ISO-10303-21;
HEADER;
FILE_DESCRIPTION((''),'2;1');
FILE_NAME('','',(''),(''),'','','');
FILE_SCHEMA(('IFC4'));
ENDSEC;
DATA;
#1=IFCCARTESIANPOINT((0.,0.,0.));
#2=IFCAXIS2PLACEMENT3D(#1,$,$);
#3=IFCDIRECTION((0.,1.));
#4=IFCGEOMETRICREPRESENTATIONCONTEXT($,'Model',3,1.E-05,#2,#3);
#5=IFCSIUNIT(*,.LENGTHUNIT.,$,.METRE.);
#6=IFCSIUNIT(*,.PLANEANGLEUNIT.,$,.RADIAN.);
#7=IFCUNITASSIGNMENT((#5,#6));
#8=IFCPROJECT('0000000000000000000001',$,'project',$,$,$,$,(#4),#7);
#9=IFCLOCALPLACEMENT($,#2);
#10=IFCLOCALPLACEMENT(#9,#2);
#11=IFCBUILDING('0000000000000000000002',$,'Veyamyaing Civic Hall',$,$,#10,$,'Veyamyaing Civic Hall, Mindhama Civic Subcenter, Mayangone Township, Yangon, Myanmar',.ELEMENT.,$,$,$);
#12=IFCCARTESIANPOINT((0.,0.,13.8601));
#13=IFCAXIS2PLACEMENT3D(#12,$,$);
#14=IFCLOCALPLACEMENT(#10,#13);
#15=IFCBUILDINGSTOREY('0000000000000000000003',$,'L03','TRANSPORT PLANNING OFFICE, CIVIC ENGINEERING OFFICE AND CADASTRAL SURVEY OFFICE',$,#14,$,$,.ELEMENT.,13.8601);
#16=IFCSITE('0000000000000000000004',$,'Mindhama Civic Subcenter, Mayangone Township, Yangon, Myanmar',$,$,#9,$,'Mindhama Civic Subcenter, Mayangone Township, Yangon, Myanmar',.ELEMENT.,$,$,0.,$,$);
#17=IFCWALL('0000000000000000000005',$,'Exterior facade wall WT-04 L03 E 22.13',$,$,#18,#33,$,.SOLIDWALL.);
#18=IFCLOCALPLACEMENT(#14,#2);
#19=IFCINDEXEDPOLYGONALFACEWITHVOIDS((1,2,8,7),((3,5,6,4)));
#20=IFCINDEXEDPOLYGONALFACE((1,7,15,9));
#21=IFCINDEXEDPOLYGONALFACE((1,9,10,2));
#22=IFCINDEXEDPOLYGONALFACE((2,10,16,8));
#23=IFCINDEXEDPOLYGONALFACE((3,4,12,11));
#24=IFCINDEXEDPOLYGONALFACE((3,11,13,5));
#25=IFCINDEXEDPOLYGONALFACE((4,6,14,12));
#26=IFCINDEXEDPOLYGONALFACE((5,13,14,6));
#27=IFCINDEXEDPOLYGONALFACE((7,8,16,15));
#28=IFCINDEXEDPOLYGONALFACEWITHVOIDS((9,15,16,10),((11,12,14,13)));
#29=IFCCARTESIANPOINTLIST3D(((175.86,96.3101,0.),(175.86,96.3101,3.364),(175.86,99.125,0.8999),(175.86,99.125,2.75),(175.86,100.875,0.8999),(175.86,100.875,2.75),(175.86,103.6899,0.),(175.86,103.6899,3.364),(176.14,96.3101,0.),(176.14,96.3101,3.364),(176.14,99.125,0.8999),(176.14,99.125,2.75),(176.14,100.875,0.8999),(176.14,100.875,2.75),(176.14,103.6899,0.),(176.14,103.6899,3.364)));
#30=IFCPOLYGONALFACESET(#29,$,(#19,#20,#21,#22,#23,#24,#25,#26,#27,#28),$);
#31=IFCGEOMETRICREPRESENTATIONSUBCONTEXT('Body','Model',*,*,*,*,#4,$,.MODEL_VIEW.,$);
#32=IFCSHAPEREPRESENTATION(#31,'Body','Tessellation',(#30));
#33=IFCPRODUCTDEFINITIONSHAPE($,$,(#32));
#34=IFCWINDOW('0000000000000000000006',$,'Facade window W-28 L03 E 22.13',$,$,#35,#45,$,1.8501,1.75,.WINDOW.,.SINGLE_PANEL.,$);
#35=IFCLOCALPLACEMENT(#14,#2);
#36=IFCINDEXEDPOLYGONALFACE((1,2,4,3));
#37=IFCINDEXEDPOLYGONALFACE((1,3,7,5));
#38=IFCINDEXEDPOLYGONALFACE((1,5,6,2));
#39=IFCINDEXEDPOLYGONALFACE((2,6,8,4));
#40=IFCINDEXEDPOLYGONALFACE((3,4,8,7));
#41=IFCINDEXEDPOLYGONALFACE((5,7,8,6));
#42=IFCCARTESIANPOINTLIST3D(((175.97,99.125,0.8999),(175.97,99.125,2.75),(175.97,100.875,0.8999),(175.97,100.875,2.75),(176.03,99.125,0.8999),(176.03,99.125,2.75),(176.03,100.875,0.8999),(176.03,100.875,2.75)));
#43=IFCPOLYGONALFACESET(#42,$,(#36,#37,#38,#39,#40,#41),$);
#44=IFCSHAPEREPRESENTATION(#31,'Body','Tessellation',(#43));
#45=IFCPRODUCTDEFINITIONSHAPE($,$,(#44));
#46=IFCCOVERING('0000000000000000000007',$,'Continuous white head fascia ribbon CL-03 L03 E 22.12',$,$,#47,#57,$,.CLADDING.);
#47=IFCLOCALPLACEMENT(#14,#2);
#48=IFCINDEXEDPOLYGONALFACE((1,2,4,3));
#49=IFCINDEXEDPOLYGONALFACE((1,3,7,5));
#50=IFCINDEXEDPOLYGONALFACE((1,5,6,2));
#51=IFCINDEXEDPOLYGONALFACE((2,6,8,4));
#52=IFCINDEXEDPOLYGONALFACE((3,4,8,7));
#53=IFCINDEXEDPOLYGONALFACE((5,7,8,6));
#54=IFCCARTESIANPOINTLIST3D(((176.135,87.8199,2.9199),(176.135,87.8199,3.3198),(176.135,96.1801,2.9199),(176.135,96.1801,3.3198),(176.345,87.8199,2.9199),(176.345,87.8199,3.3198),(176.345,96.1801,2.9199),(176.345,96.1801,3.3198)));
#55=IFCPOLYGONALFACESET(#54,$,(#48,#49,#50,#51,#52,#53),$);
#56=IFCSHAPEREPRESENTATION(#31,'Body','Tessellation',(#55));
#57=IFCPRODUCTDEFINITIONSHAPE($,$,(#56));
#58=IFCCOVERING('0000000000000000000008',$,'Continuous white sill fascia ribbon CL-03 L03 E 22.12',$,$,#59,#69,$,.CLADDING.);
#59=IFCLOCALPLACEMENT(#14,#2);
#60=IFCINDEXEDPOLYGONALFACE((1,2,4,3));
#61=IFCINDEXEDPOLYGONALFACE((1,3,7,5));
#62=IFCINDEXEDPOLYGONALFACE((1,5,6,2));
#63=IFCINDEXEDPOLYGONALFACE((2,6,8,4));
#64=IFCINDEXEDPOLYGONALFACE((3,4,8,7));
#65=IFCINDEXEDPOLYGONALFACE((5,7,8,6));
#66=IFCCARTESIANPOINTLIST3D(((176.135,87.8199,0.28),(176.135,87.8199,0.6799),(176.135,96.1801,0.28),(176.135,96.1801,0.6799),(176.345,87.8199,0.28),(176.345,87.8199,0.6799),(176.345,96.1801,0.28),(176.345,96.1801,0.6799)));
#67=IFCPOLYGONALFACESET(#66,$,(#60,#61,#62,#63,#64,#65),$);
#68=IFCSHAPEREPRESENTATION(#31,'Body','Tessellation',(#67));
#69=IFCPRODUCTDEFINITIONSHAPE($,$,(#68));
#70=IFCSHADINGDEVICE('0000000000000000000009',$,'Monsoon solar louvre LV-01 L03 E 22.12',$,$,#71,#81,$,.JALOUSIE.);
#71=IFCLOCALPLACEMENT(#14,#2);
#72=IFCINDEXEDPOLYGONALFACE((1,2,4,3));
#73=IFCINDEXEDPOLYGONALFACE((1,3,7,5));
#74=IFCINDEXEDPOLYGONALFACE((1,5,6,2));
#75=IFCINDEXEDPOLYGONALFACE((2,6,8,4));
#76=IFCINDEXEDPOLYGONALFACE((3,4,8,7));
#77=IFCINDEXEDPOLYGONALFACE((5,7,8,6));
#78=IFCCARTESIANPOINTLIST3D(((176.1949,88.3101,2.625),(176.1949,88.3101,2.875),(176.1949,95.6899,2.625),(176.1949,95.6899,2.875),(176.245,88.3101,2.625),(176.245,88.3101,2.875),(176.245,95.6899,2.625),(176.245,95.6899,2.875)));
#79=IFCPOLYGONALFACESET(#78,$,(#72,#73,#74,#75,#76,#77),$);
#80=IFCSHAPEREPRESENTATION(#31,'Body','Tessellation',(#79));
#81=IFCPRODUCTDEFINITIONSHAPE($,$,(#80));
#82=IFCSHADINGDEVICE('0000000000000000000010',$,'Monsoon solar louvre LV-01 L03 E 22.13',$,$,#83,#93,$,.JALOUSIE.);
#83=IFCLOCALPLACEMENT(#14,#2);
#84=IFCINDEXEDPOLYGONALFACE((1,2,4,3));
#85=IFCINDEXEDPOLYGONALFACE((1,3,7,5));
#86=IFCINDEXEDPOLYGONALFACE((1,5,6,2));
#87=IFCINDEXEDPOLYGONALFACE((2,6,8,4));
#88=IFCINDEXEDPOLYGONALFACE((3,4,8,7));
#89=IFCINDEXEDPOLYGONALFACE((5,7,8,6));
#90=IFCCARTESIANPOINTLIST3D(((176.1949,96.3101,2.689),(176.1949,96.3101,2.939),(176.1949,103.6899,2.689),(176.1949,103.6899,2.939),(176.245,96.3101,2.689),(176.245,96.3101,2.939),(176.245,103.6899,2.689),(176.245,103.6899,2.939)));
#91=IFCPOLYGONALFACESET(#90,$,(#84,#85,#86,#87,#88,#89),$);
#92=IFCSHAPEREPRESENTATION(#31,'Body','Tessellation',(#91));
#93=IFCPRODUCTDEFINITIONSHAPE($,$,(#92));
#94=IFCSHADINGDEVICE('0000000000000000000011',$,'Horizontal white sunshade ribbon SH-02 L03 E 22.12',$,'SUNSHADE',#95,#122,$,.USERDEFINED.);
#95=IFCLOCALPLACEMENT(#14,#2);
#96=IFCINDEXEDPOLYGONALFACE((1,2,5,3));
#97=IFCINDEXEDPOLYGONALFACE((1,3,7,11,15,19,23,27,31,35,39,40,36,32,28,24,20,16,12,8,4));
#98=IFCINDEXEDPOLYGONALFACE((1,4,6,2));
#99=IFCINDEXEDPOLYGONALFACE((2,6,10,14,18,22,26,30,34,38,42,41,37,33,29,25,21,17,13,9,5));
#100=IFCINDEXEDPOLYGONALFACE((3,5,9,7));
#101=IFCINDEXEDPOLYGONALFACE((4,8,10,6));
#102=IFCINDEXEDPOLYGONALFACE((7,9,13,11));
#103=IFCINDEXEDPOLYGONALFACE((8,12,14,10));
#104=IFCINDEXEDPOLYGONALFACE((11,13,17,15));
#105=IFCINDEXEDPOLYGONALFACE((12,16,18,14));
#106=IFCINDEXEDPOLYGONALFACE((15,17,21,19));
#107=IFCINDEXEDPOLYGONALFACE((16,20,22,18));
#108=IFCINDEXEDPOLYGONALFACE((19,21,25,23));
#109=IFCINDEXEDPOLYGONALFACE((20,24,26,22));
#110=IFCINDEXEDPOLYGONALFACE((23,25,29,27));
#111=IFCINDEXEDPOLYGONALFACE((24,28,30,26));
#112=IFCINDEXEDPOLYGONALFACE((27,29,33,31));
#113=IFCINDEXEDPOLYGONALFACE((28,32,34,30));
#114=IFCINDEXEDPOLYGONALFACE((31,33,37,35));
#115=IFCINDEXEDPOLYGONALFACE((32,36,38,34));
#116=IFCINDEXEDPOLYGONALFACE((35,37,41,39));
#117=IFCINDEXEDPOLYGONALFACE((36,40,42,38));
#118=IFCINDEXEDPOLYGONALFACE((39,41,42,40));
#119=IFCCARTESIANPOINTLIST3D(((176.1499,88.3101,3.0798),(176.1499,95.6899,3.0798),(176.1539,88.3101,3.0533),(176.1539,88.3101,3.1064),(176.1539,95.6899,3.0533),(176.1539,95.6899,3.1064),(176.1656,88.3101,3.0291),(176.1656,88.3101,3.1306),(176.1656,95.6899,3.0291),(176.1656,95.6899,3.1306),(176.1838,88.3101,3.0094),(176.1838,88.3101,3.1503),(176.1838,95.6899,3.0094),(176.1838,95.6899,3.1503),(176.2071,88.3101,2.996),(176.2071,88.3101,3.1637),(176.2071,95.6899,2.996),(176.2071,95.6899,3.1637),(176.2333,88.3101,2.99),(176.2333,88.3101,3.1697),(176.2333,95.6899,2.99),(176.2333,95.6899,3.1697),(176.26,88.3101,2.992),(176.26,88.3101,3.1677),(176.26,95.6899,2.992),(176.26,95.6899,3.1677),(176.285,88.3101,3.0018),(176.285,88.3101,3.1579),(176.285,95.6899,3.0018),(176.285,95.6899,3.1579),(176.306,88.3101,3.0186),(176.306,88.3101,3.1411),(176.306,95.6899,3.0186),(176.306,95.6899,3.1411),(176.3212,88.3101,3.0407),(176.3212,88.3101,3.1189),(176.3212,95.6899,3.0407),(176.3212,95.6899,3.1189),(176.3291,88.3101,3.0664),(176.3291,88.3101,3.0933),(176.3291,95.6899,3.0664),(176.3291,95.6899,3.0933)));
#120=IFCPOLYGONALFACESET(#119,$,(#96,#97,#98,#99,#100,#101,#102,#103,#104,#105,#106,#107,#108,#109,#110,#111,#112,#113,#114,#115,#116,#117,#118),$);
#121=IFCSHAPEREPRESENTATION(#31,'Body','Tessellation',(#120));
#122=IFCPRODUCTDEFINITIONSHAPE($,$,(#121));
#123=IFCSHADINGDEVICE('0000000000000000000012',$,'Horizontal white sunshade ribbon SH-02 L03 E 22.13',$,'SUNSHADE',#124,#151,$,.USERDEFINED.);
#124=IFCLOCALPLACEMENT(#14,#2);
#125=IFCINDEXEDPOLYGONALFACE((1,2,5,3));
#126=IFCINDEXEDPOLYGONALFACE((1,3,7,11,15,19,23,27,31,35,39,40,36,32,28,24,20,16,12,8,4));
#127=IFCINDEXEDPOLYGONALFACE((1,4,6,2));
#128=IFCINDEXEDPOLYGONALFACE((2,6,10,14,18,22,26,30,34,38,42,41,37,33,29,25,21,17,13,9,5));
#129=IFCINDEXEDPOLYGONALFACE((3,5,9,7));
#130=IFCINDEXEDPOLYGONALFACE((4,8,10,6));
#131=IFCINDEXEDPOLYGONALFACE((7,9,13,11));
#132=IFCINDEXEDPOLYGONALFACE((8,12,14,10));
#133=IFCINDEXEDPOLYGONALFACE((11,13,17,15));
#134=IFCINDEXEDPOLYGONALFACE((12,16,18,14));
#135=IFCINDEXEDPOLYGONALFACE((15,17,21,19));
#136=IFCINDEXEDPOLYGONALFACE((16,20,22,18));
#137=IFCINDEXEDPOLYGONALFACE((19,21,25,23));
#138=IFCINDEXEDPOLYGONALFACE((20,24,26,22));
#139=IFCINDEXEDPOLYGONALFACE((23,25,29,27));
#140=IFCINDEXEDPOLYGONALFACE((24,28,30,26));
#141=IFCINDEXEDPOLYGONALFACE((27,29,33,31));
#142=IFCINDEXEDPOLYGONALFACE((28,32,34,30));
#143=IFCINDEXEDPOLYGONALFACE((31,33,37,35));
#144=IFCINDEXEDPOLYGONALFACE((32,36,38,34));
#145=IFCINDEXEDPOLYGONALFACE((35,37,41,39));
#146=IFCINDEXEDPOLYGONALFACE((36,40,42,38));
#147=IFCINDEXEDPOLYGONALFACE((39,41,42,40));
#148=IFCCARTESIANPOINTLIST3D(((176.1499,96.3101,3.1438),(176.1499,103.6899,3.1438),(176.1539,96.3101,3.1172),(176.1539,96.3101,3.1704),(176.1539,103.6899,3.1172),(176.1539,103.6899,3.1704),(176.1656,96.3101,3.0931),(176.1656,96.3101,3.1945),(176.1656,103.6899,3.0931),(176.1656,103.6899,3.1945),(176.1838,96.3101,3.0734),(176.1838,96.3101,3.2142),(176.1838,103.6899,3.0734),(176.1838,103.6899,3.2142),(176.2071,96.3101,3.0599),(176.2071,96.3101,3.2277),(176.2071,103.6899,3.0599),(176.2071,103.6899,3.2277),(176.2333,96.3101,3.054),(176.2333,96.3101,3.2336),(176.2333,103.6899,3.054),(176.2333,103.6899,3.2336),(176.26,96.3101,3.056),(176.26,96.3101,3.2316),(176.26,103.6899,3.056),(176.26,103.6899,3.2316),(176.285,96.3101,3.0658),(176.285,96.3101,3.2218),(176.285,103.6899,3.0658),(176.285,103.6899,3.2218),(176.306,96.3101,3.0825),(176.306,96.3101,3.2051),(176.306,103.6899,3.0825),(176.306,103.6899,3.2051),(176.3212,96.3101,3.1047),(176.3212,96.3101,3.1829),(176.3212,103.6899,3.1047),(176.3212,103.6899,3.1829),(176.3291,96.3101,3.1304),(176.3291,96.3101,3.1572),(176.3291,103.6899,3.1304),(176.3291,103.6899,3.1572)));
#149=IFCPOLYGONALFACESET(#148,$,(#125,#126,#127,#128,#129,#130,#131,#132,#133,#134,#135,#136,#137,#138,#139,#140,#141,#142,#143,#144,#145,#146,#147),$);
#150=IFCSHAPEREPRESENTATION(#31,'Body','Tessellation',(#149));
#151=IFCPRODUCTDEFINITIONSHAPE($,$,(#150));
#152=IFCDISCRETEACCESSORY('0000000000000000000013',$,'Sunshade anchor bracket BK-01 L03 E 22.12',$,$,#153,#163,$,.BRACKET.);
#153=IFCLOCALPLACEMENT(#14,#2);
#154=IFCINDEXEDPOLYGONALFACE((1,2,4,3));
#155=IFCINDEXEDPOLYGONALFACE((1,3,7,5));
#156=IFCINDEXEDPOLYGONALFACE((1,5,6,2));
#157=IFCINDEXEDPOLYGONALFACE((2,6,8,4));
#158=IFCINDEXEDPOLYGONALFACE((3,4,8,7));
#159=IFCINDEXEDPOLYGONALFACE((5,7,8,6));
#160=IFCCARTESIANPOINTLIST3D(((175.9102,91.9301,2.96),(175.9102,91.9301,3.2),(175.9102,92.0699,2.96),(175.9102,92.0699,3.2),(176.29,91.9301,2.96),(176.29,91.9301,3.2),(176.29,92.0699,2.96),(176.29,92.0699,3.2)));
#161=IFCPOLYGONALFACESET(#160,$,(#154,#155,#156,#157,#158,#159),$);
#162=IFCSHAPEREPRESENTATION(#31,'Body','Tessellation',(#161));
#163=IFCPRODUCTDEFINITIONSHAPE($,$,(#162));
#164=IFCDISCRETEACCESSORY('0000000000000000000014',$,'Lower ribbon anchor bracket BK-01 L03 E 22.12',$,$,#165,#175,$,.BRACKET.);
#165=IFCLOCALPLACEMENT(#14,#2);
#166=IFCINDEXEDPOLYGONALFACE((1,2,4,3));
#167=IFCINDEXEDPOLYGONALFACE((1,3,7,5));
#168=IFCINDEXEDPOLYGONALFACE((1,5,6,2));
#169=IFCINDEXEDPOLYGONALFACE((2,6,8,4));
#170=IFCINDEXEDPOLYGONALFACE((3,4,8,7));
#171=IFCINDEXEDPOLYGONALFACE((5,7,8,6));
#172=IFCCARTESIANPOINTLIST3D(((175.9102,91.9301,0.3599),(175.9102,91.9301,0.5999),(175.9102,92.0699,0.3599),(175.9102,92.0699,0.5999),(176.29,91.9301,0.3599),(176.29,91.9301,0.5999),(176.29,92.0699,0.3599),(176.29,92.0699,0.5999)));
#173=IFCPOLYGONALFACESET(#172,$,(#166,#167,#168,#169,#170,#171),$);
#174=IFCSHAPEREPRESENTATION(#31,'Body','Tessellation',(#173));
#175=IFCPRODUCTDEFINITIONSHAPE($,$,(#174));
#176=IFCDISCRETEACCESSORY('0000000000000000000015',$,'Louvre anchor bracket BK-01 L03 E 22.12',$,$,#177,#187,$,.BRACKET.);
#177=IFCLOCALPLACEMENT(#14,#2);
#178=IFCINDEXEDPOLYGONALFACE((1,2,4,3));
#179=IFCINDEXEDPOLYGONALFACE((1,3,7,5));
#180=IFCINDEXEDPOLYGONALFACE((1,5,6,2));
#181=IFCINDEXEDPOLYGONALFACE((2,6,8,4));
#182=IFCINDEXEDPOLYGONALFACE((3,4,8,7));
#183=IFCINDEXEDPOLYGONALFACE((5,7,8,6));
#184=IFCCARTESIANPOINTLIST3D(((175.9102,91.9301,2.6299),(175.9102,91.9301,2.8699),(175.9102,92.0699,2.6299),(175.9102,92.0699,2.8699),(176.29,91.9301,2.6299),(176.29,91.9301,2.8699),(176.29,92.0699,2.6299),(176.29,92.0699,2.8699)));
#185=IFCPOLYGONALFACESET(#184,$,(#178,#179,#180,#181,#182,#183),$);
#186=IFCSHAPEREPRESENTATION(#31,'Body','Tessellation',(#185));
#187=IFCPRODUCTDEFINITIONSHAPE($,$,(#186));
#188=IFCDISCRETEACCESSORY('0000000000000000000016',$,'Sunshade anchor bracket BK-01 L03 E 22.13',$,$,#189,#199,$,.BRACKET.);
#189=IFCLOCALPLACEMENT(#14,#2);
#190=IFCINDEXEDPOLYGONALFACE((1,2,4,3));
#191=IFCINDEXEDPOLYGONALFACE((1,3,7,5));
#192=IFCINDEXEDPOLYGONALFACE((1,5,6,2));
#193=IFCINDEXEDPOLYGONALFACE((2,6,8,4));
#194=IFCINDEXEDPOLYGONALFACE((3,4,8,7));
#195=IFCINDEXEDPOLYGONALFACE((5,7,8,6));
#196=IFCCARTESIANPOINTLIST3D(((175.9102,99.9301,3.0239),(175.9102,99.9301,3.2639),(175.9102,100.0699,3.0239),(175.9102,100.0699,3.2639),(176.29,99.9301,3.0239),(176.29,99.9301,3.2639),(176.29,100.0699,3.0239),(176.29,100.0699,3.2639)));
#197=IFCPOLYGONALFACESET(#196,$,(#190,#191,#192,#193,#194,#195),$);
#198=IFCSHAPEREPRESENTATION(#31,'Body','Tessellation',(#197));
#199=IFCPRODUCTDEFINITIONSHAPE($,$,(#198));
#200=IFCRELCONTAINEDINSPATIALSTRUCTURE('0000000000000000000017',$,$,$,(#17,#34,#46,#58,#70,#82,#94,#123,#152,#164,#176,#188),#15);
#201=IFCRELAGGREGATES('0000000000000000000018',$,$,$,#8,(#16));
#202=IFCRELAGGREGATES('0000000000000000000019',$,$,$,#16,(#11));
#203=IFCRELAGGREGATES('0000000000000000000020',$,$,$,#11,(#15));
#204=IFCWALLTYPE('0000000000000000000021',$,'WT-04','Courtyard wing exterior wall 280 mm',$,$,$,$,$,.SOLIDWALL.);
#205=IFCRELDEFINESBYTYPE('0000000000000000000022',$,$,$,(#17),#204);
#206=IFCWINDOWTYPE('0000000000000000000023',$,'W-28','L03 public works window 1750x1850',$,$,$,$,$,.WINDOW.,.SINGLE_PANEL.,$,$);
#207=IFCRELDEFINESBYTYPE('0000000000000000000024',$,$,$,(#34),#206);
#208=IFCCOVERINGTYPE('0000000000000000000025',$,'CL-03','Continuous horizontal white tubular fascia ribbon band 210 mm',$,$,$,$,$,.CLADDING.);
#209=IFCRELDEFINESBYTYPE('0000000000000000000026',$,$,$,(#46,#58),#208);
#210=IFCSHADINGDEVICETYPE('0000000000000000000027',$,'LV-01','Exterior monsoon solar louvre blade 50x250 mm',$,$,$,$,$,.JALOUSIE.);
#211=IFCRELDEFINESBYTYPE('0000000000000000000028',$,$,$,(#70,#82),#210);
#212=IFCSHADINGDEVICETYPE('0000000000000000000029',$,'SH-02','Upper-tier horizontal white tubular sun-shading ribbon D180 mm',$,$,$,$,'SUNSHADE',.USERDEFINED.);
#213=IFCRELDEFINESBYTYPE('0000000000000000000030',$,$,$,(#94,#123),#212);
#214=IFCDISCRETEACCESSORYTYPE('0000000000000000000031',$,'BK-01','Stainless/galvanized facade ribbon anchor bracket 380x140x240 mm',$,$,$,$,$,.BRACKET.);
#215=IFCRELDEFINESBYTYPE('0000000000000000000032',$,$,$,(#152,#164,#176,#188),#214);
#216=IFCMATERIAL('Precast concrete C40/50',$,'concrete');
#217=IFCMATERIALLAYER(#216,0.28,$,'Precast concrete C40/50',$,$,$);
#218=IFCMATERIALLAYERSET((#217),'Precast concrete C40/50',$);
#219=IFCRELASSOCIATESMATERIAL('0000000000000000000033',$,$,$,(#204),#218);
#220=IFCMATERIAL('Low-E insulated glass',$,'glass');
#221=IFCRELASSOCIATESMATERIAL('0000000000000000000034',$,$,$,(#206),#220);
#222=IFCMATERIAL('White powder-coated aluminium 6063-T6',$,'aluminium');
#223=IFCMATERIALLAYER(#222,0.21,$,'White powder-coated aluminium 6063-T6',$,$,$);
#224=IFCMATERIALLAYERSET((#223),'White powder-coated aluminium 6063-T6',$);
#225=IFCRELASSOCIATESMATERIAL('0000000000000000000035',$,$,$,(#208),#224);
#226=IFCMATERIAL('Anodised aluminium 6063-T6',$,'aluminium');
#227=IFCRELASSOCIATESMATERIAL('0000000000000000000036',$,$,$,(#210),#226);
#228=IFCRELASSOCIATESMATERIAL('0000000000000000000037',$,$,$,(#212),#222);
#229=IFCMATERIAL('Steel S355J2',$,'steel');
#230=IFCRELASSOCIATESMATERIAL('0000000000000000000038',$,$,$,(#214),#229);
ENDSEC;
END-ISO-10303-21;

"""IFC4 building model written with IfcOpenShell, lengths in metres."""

from ifc_helpers import new_model, si_unit, direction, frame, frame_2d, origin, origin_2d, place, context, subcontext, project, spatial, rectangle, circle, extrude, material, layer, layer_set, material_profile, profile_set, type_object, element, fill, save


model = new_model("IFC4")

# Units and contexts
model_context = context("Model", 3, precision=1e-05, world=origin(), true_north=direction((0.0, 1.0)))
body_context = subcontext(model_context, "Body", "Model", "MODEL_VIEW")
ifc_project = project(units=[si_unit("LENGTHUNIT", "METRE"), si_unit("PLANEANGLEUNIT", "RADIAN")], contexts=[model_context])

# Site, building, storey
site_placement = place(None, origin())
site = spatial("IfcSite", under=ifc_project, at=site_placement, Name="Mindhama Civic Subcenter, Mayangone Township, Yangon, Myanmar", LongName="Mindhama Civic Subcenter, Mayangone Township, Yangon, Myanmar", CompositionType="ELEMENT", RefElevation=0.0)
building_placement = place(site_placement, origin())
building = spatial("IfcBuilding", under=site, at=building_placement, Name="Veyamyaing Civic Hall", LongName="Veyamyaing Civic Hall, Mindhama Civic Subcenter, Mayangone Township, Yangon, Myanmar", CompositionType="ELEMENT")
storey_placement = place(building_placement, frame((0.0, 0.0, 13.8601)))
storey = spatial("IfcBuildingStorey", under=building, at=storey_placement, Name="L03", Description="TRANSPORT PLANNING OFFICE, CIVIC ENGINEERING OFFICE AND CADASTRAL SURVEY OFFICE", CompositionType="ELEMENT", Elevation=13.8601)

# Shared definitions
ifc_material_1 = material(Name="Steel S355J2", Category="steel")

# Wall, opening, window
ifc_material_2 = material(Name="Precast concrete C40/50", Category="concrete")
ifc_layer_1 = layer(ifc_material_2, 0.28, Name="Precast concrete C40/50")
ifc_layer_set_1 = layer_set([ifc_layer_1], Name="Precast concrete C40/50")
wall_type = type_object("IfcWallType", Name="WT-04", Description="Courtyard wing exterior wall 280 mm", PredefinedType="SOLIDWALL", material=ifc_layer_set_1)
wall_placement = place(storey_placement, frame((176.0, 96.3101, 0.0), z_axis=(0.0, 0.0, 1.0), x_axis=(0.0, 1.0, 0.0)))
wall = element("IfcWall", 1, at=wall_placement, inside=storey, type_object=wall_type, Name="Exterior facade wall WT-04 L03 E 22.13", PredefinedType="SOLIDWALL", context=body_context, shape_type="SweptSolid", body=[
    extrude(rectangle(XDim=7.3799, YDim=0.28, at=frame_2d((3.6899, 0.0))), origin(), (0.0, 0.0, 1.0), 3.364),
])
opening_placement = place(wall_placement, frame((2.8149, 0.0, 0.8999)))
opening = element("IfcOpeningElement", 2, at=opening_placement, cuts=wall, PredefinedType="OPENING", context=body_context, shape_type="SweptSolid", body=[
    extrude(rectangle(XDim=1.75, YDim=1.8501, at=frame_2d((0.875, 0.925))), frame((0.0, 0.1499, 0.0), z_axis=(0.0, -1.0, 0.0), x_axis=(1.0, 0.0, 0.0)), (0.0, 0.0, 1.0), 0.3),
])
ifc_material_3 = material(Name="Low-E insulated glass", Category="glass")
window_type = type_object("IfcWindowType", Name="W-28", Description="L03 public works window 1750x1850", PartitioningType="SINGLE_PANEL", PredefinedType="WINDOW", material=ifc_material_3)
window_placement = place(opening_placement, origin())
window = element("IfcWindow", 3, at=window_placement, inside=storey, type_object=window_type, Name="Facade window W-28 L03 E 22.13", OverallHeight=1.8501, OverallWidth=1.75, PartitioningType="SINGLE_PANEL", PredefinedType="WINDOW", context=body_context, shape_type="SweptSolid", body=[
    extrude(rectangle(XDim=1.75, YDim=1.8501, at=frame_2d((0.875, 0.925))), frame((0.0, 0.03, 0.0), z_axis=(0.0, -1.0, 0.0), x_axis=(1.0, 0.0, 0.0)), (0.0, 0.0, 1.0), 0.0601),
])
fill(opening, window)

# Coverings
ifc_material_4 = material(Name="White powder-coated aluminium 6063-T6", Category="aluminium")
ifc_layer_2 = layer(ifc_material_4, 0.21, Name="White powder-coated aluminium 6063-T6")
ifc_layer_set_2 = layer_set([ifc_layer_2], Name="White powder-coated aluminium 6063-T6")
covering_type = type_object("IfcCoveringType", Name="CL-03", Description="Continuous horizontal white tubular fascia ribbon band 210 mm", PredefinedType="CLADDING", material=ifc_layer_set_2)
for number, where, z_axis, x_axis, name in (
    (4, (176.24, 92.0, 2.9199), (0.0, 0.0, 1.0), (0.0, 1.0, 0.0), "Continuous white head fascia ribbon CL-03 L03 E 22.12"),
    (5, (176.24, 92.0, 0.28), (0.0, 0.0, 1.0), (0.0, 1.0, 0.0), "Continuous white sill fascia ribbon CL-03 L03 E 22.12"),
):
    element("IfcCovering", number, at=place(storey_placement, frame(where, z_axis=z_axis, x_axis=x_axis)), inside=storey, type_object=covering_type, Name=name, PredefinedType="CLADDING", context=body_context, shape_type="SweptSolid", body=[
        extrude(rectangle(XDim=8.3601, YDim=0.21, at=origin_2d()), origin(), (0.0, 0.0, 1.0), 0.3999),
    ])

# Shading devices
ifc_material_5 = material(Name="Anodised aluminium 6063-T6", Category="aluminium")
ifc_material_profile_1 = material_profile(ifc_material_5, rectangle(XDim=0.05, YDim=0.25, at=origin_2d()), Name="LOUVRE-BLADE-50X250")
ifc_profile_set_1 = profile_set([ifc_material_profile_1], Name="Anodised aluminium 6063-T6")
shading_device_type_1 = type_object("IfcShadingDeviceType", Name="LV-01", Description="Exterior monsoon solar louvre blade 50x250 mm", PredefinedType="JALOUSIE", material=ifc_profile_set_1)
for number, where, z_axis, x_axis, name in (
    (6, (176.22, 88.3101, 2.75), (0.0, 1.0, 0.0), (-1.0, 0.0, 0.0), "Monsoon solar louvre LV-01 L03 E 22.12"),
    (7, (176.22, 96.3101, 2.814), (0.0, 1.0, 0.0), (-1.0, 0.0, 0.0), "Monsoon solar louvre LV-01 L03 E 22.13"),
):
    element("IfcShadingDevice", number, at=place(storey_placement, frame(where, z_axis=z_axis, x_axis=x_axis)), inside=storey, type_object=shading_device_type_1, Name=name, PredefinedType="JALOUSIE", context=body_context, shape_type="SweptSolid", body=[
        extrude(rectangle(XDim=0.05, YDim=0.25, at=origin_2d()), origin(), (0.0, 0.0, 1.0), 7.3799),
    ])
ifc_material_profile_2 = material_profile(ifc_material_4, circle(Radius=0.0901, at=origin_2d()), Name="SHADE-TUBE-180")
ifc_profile_set_2 = profile_set([ifc_material_profile_2], Name="White powder-coated aluminium 6063-T6")
shading_device_type_2 = type_object("IfcShadingDeviceType", Name="SH-02", Description="Upper-tier horizontal white tubular sun-shading ribbon D180 mm", ElementType="SUNSHADE", PredefinedType="USERDEFINED", material=ifc_profile_set_2)
for number, where, z_axis, x_axis, name in (
    (8, (176.24, 88.3101, 3.0798), (0.0, 1.0, 0.0), (-1.0, 0.0, 0.0), "Horizontal white sunshade ribbon SH-02 L03 E 22.12"),
    (9, (176.24, 96.3101, 3.1438), (0.0, 1.0, 0.0), (-1.0, 0.0, 0.0), "Horizontal white sunshade ribbon SH-02 L03 E 22.13"),
):
    element("IfcShadingDevice", number, at=place(storey_placement, frame(where, z_axis=z_axis, x_axis=x_axis)), inside=storey, type_object=shading_device_type_2, Name=name, ObjectType="SUNSHADE", PredefinedType="USERDEFINED", context=body_context, shape_type="SweptSolid", body=[
        extrude(circle(Radius=0.0901, at=origin_2d()), origin(), (0.0, 0.0, 1.0), 7.3799),
    ])

# Discrete accessories
discrete_accessory_type = type_object("IfcDiscreteAccessoryType", Name="BK-01", Description="Stainless/galvanized facade ribbon anchor bracket 380x140x240 mm", PredefinedType="BRACKET", material=ifc_material_1)
for number, where, z_axis, x_axis, name in (
    (10, (176.1001, 92.0, 2.96), (0.0, 0.0, 1.0), (1.0, 0.0, 0.0), "Sunshade anchor bracket BK-01 L03 E 22.12"),
    (11, (176.1001, 92.0, 0.3599), (0.0, 0.0, 1.0), (1.0, 0.0, 0.0), "Lower ribbon anchor bracket BK-01 L03 E 22.12"),
    (12, (176.1001, 92.0, 2.6299), (0.0, 0.0, 1.0), (1.0, 0.0, 0.0), "Louvre anchor bracket BK-01 L03 E 22.12"),
    (13, (176.1001, 100.0, 3.0239), (0.0, 0.0, 1.0), (1.0, 0.0, 0.0), "Sunshade anchor bracket BK-01 L03 E 22.13"),
):
    element("IfcDiscreteAccessory", number, at=place(storey_placement, frame(where, z_axis=z_axis, x_axis=x_axis)), inside=storey, type_object=discrete_accessory_type, Name=name, PredefinedType="BRACKET", context=body_context, shape_type="SweptSolid", body=[
        extrude(rectangle(XDim=0.3799, YDim=0.1399, at=origin_2d()), origin(), (0.0, 0.0, 1.0), 0.24),
    ])

save(model, "model.ifc")
